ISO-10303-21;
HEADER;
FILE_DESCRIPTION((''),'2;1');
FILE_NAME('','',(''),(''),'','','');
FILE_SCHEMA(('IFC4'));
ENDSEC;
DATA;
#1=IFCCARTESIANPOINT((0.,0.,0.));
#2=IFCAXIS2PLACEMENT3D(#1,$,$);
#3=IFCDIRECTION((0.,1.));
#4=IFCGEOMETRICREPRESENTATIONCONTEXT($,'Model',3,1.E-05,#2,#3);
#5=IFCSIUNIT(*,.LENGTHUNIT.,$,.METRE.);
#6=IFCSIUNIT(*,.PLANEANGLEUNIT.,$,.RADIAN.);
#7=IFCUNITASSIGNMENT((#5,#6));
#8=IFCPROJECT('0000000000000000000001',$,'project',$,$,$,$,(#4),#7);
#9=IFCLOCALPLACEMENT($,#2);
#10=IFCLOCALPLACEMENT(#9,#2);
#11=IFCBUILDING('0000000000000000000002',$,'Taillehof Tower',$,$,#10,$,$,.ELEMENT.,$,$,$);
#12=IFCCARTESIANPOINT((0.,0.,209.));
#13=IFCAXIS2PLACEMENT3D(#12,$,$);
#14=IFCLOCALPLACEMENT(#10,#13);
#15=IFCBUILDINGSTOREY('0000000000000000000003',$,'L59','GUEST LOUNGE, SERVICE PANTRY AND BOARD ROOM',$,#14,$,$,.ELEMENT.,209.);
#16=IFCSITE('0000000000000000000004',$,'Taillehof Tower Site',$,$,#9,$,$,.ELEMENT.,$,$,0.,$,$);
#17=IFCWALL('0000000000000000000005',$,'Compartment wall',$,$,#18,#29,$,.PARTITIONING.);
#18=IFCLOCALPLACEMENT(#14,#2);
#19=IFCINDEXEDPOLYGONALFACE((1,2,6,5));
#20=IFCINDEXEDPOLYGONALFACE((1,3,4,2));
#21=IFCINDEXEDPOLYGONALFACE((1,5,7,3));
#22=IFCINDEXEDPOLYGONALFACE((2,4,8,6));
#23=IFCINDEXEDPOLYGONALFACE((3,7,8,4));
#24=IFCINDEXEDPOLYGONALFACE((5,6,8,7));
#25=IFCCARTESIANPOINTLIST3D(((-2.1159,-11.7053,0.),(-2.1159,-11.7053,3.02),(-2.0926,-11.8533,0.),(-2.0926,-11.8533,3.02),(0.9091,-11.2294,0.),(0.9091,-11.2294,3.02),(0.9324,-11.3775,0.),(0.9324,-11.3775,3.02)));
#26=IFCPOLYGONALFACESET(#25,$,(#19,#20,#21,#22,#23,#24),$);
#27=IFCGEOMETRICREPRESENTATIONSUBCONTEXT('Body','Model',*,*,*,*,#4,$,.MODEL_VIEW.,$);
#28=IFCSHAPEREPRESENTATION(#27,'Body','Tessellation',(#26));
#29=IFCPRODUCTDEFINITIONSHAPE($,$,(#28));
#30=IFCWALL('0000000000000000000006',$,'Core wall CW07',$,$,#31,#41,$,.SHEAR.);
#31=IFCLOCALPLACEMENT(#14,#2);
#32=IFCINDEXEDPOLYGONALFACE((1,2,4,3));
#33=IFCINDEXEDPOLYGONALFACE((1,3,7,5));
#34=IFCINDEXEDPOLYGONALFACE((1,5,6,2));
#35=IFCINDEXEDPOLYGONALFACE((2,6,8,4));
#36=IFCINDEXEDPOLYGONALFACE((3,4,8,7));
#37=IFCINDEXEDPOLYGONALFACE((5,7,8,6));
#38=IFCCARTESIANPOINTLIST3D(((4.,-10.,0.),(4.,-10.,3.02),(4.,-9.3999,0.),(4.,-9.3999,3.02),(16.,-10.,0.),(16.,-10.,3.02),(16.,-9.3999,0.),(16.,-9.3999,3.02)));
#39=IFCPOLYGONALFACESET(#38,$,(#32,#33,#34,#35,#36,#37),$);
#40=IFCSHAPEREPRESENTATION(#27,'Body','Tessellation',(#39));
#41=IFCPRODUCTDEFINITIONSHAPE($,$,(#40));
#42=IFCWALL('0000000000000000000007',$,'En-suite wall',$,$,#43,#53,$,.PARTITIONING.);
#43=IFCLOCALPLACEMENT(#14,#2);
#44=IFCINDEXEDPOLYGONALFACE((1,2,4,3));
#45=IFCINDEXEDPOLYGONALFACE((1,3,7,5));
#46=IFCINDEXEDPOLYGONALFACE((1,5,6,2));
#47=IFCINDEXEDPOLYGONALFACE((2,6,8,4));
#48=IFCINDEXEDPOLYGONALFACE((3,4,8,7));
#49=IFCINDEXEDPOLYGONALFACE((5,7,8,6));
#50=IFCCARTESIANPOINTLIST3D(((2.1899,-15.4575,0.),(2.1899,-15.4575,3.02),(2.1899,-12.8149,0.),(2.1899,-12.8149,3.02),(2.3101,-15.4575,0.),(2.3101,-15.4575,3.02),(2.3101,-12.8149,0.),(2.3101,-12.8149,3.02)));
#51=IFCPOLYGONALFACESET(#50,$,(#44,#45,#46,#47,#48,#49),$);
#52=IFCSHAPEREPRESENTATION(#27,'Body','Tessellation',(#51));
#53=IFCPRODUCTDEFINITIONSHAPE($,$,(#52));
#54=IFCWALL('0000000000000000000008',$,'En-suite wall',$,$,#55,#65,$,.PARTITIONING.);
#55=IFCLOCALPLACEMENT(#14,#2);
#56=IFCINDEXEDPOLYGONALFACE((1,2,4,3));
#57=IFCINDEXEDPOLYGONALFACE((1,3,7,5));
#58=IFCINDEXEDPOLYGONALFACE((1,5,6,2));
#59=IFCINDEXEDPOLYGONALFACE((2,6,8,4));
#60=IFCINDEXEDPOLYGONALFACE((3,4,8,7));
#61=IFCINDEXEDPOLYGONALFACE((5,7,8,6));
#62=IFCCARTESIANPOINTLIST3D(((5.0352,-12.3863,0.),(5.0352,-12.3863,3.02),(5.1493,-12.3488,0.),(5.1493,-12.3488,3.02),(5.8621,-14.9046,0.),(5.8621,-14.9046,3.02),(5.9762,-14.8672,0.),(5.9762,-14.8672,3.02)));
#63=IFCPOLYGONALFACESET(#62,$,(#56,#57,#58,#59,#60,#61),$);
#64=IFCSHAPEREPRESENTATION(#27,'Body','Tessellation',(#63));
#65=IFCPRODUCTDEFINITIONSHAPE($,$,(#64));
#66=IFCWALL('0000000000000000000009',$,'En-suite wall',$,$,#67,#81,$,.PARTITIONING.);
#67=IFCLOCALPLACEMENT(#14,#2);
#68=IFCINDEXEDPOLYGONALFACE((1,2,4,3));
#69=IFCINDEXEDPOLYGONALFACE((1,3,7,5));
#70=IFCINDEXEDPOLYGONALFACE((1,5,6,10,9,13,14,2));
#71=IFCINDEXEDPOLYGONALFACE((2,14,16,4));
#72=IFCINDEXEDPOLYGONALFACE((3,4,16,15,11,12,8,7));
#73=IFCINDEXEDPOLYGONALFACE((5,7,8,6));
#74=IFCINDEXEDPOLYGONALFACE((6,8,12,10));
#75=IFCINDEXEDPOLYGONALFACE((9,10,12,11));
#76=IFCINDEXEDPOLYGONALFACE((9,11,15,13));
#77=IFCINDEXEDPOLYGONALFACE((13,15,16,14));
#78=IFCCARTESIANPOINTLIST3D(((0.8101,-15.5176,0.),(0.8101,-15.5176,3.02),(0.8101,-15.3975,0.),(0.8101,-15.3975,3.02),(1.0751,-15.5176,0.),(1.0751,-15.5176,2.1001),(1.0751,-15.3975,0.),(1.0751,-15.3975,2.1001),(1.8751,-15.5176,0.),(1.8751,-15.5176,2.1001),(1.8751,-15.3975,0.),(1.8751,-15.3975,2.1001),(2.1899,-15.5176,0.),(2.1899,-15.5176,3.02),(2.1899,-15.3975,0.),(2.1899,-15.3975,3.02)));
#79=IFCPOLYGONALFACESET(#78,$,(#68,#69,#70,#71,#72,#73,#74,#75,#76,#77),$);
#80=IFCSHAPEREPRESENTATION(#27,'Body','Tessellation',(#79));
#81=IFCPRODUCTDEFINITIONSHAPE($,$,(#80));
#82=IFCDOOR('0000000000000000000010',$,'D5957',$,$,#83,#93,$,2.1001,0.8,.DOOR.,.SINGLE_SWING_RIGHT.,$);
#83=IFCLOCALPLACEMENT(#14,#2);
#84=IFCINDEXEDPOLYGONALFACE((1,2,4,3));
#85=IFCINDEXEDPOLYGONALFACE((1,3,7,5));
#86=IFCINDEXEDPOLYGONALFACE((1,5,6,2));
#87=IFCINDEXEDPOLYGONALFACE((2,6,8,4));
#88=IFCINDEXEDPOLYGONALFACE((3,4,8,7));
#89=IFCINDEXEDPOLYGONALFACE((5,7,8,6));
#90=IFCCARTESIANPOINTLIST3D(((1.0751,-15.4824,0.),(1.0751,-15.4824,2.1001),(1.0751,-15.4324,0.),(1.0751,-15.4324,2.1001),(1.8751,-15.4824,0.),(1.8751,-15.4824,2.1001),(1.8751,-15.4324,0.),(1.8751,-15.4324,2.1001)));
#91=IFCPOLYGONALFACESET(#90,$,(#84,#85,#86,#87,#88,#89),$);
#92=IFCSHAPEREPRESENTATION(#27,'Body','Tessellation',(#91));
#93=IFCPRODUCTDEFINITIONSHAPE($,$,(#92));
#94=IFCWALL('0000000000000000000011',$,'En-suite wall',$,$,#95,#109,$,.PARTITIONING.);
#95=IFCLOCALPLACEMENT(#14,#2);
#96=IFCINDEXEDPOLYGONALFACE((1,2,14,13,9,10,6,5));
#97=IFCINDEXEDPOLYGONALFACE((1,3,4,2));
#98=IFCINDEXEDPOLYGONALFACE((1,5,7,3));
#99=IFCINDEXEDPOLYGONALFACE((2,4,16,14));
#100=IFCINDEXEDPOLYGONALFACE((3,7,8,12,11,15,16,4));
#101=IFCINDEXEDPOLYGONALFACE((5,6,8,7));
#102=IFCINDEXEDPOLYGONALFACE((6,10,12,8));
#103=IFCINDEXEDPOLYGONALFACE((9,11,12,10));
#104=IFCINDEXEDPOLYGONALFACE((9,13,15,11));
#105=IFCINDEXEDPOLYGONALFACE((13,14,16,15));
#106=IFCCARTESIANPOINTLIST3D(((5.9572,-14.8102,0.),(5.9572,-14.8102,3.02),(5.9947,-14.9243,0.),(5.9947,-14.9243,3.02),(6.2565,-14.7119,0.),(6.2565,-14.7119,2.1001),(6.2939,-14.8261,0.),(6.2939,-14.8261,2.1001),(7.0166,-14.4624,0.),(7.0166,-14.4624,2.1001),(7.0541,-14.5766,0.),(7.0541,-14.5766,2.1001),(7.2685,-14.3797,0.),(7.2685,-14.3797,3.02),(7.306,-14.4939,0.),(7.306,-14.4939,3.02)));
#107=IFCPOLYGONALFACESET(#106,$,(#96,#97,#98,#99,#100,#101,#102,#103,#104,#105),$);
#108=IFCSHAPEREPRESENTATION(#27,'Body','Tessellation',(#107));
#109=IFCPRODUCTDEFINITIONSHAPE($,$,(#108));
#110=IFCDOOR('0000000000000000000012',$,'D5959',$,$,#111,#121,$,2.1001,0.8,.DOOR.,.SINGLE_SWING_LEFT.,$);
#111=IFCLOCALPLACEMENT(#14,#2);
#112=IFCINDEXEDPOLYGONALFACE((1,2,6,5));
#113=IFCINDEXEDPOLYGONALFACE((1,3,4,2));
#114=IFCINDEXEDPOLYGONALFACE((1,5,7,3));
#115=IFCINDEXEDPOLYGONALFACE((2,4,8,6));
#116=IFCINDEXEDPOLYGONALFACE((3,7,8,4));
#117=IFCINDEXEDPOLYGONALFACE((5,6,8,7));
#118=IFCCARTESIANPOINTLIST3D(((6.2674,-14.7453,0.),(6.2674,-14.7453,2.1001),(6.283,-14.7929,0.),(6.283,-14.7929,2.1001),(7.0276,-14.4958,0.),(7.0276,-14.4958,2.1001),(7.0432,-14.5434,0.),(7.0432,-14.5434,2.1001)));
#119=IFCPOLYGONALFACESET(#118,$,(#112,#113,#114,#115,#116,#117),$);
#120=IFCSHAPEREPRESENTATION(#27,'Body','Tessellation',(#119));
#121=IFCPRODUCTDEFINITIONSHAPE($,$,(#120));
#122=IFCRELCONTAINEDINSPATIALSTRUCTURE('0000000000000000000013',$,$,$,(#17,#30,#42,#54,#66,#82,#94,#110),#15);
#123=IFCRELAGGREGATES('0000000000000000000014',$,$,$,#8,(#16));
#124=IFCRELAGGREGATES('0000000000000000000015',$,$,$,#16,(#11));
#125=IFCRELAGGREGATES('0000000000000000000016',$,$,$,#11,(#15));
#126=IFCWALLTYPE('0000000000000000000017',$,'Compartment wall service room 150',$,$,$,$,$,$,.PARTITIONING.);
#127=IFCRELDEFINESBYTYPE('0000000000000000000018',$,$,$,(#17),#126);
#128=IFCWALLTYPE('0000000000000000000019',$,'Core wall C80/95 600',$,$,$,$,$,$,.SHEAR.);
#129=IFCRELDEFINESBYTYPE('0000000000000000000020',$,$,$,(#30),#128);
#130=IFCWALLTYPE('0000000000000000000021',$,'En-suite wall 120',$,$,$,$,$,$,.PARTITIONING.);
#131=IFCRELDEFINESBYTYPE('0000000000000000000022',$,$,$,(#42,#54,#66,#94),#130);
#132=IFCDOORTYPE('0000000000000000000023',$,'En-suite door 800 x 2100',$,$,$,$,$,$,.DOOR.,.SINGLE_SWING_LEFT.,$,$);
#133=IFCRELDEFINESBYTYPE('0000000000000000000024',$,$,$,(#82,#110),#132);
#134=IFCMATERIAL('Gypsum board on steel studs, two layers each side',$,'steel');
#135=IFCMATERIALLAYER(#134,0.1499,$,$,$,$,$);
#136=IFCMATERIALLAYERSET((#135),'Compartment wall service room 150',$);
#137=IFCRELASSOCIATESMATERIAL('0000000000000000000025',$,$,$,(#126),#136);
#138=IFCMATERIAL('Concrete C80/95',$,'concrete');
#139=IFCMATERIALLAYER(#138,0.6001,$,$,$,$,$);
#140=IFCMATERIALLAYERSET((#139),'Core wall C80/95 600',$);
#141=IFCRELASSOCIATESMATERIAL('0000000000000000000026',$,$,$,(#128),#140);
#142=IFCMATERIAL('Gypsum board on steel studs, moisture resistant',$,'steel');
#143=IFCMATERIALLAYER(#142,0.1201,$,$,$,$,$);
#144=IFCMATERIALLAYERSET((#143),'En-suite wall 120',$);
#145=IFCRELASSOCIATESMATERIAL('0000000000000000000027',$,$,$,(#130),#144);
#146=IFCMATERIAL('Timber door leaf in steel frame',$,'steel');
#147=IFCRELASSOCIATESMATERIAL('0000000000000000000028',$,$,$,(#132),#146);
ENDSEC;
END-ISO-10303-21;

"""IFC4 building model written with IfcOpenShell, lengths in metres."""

from ifc_helpers import new_model, si_unit, direction, frame, frame_2d, origin, place, context, subcontext, project, spatial, rectangle, extrude, material, layer, layer_set, type_object, element, fill, save


model = new_model("IFC4")

# Units and contexts
model_context = context("Model", 3, precision=1e-05, world=origin(), true_north=direction((0.0, 1.0)))
body_context = subcontext(model_context, "Body", "Model", "MODEL_VIEW")
ifc_project = project(units=[si_unit("LENGTHUNIT", "METRE"), si_unit("PLANEANGLEUNIT", "RADIAN")], contexts=[model_context])

# Site, building, storey
site_placement = place(None, origin())
site = spatial("IfcSite", under=ifc_project, at=site_placement, Name="Taillehof Tower Site", CompositionType="ELEMENT", RefElevation=0.0)
building_placement = place(site_placement, origin())
building = spatial("IfcBuilding", under=site, at=building_placement, Name="Taillehof Tower", CompositionType="ELEMENT")
storey_placement = place(building_placement, frame((0.0, 0.0, 209.0)))
storey = spatial("IfcBuildingStorey", under=building, at=storey_placement, Name="L59", Description="GUEST LOUNGE, SERVICE PANTRY AND BOARD ROOM", CompositionType="ELEMENT", Elevation=209.0)

# Walls
ifc_material_1 = material(Name="Gypsum board on steel studs, two layers each side", Category="steel")
ifc_layer_1 = layer(ifc_material_1, 0.1499)
ifc_layer_set_1 = layer_set([ifc_layer_1], Name="Compartment wall service room 150")
wall_type_1 = type_object("IfcWallType", Name="Compartment wall service room 150", PredefinedType="PARTITIONING", material=ifc_layer_set_1)
wall_1_placement = place(storey_placement, frame((0.9209, -11.3035, 0.0), z_axis=(0.0, 0.0, 1.0), x_axis=(-0.987855, -0.155381, 0.0)))
element("IfcWall", 1, at=wall_1_placement, inside=storey, type_object=wall_type_1, Name="Compartment wall", PredefinedType="PARTITIONING", context=body_context, shape_type="SweptSolid", body=[
    extrude(rectangle(XDim=3.0623, YDim=0.1499, at=frame_2d((1.5312, 0.0))), origin(), (0.0, 0.0, 1.0), 3.02),
])
ifc_material_2 = material(Name="Concrete C80/95", Category="concrete")
ifc_layer_2 = layer(ifc_material_2, 0.6001)
ifc_layer_set_2 = layer_set([ifc_layer_2], Name="Core wall C80/95 600")
wall_type_2 = type_object("IfcWallType", Name="Core wall C80/95 600", PredefinedType="SHEAR", material=ifc_layer_set_2)
wall_2_placement = place(storey_placement, frame((4.0, -9.7, 0.0), z_axis=(0.0, 0.0, 1.0), x_axis=(1.0, 0.0, 0.0)))
element("IfcWall", 2, at=wall_2_placement, inside=storey, type_object=wall_type_2, Name="Core wall CW07", PredefinedType="SHEAR", context=body_context, shape_type="SweptSolid", body=[
    extrude(rectangle(XDim=12.0, YDim=0.6001, at=frame_2d((6.0, 0.0))), origin(), (0.0, 0.0, 1.0), 3.02),
])
ifc_material_3 = material(Name="Gypsum board on steel studs, moisture resistant", Category="steel")
ifc_layer_3 = layer(ifc_material_3, 0.1201)
ifc_layer_set_3 = layer_set([ifc_layer_3], Name="En-suite wall 120")
wall_type_3 = type_object("IfcWallType", Name="En-suite wall 120", PredefinedType="PARTITIONING", material=ifc_layer_set_3)
wall_3_placement = place(storey_placement, frame((2.25, -12.8149, 0.0), z_axis=(0.0, 0.0, 1.0), x_axis=(0.0, -1.0, 0.0)))
element("IfcWall", 3, at=wall_3_placement, inside=storey, type_object=wall_type_3, Name="En-suite wall", PredefinedType="PARTITIONING", context=body_context, shape_type="SweptSolid", body=[
    extrude(rectangle(XDim=2.6426, YDim=0.1201, at=frame_2d((1.3213, 0.0))), origin(), (0.0, 0.0, 1.0), 3.02),
])
wall_4_placement = place(storey_placement, frame((5.0923, -12.3677, 0.0), z_axis=(0.0, 0.0, 1.0), x_axis=(0.311969, -0.950092, 0.0)))
element("IfcWall", 4, at=wall_4_placement, inside=storey, type_object=wall_type_3, Name="En-suite wall", PredefinedType="PARTITIONING", context=body_context, shape_type="SweptSolid", body=[
    extrude(rectangle(XDim=2.6506, YDim=0.1201, at=frame_2d((1.3252, 0.0))), origin(), (0.0, 0.0, 1.0), 3.02),
])

# Walls, openings, doors
wall_5_placement = place(storey_placement, frame((2.1899, -15.4575, 0.0), z_axis=(0.0, 0.0, 1.0), x_axis=(-1.0, 0.0, 0.0)))
wall_5 = element("IfcWall", 5, at=wall_5_placement, inside=storey, type_object=wall_type_3, Name="En-suite wall", PredefinedType="PARTITIONING", context=body_context, shape_type="SweptSolid", body=[
    extrude(rectangle(XDim=1.3799, YDim=0.1201, at=frame_2d((0.6899, 0.0))), origin(), (0.0, 0.0, 1.0), 3.02),
])
opening_1_placement = place(wall_5_placement, frame((0.3149, 0.0, 0.0)))
opening_1 = element("IfcOpeningElement", 6, at=opening_1_placement, cuts=wall_5, PredefinedType="OPENING", context=body_context, shape_type="SweptSolid", body=[
    extrude(rectangle(XDim=0.8, YDim=2.1001, at=frame_2d((0.3999, 1.05))), frame((0.0, 0.0701, 0.0), z_axis=(0.0, -1.0, 0.0), x_axis=(1.0, 0.0, 0.0)), (0.0, 0.0, 1.0), 0.1401),
])
ifc_material_4 = material(Name="Timber door leaf in steel frame", Category="steel")
door_type_1 = type_object("IfcDoorType", Name="En-suite door 800 x 2100", OperationType="SINGLE_SWING_LEFT", PredefinedType="DOOR", material=ifc_material_4)
door_1_placement = place(opening_1_placement, origin())
door_1 = element("IfcDoor", 7, at=door_1_placement, inside=storey, type_object=door_type_1, Name="D5957", OperationType="SINGLE_SWING_RIGHT", OverallHeight=2.1001, OverallWidth=0.8, PredefinedType="DOOR", context=body_context, shape_type="SweptSolid", body=[
    extrude(rectangle(XDim=0.8, YDim=2.1001, at=frame_2d((0.3999, 1.05))), frame((0.0, 0.0249, 0.0), z_axis=(0.0, -1.0, 0.0), x_axis=(1.0, 0.0, 0.0)), (0.0, 0.0, 1.0), 0.05),
])
fill(opening_1, door_1)
wall_6_placement = place(storey_placement, frame((5.9761, -14.8672, 0.0), z_axis=(0.0, 0.0, 1.0), x_axis=(0.950124, 0.311873, 0.0)))
wall_6 = element("IfcWall", 8, at=wall_6_placement, inside=storey, type_object=wall_type_3, Name="En-suite wall", PredefinedType="PARTITIONING", context=body_context, shape_type="SweptSolid", body=[
    extrude(rectangle(XDim=1.3801, YDim=0.1201, at=frame_2d((0.6899, 0.0))), origin(), (0.0, 0.0, 1.0), 3.02),
])
opening_2_placement = place(wall_6_placement, frame((0.3149, 0.0, 0.0)))
opening_2 = element("IfcOpeningElement", 9, at=opening_2_placement, cuts=wall_6, PredefinedType="OPENING", context=body_context, shape_type="SweptSolid", body=[
    extrude(rectangle(XDim=0.8, YDim=2.1001, at=frame_2d((0.3999, 1.05))), frame((0.0, 0.0701, 0.0), z_axis=(0.0, -1.0, 0.0), x_axis=(1.0, 0.0, 0.0)), (0.0, 0.0, 1.0), 0.1401),
])
door_2_placement = place(opening_2_placement, origin())
door_2 = element("IfcDoor", 10, at=door_2_placement, inside=storey, type_object=door_type_1, Name="D5959", OperationType="SINGLE_SWING_LEFT", OverallHeight=2.1001, OverallWidth=0.8, PredefinedType="DOOR", context=body_context, shape_type="SweptSolid", body=[
    extrude(rectangle(XDim=0.8, YDim=2.1001, at=frame_2d((0.3999, 1.05))), frame((0.0, 0.0249, 0.0), z_axis=(0.0, -1.0, 0.0), x_axis=(1.0, 0.0, 0.0)), (0.0, 0.0, 1.0), 0.05),
])
fill(opening_2, door_2)

save(model, "model.ifc")
